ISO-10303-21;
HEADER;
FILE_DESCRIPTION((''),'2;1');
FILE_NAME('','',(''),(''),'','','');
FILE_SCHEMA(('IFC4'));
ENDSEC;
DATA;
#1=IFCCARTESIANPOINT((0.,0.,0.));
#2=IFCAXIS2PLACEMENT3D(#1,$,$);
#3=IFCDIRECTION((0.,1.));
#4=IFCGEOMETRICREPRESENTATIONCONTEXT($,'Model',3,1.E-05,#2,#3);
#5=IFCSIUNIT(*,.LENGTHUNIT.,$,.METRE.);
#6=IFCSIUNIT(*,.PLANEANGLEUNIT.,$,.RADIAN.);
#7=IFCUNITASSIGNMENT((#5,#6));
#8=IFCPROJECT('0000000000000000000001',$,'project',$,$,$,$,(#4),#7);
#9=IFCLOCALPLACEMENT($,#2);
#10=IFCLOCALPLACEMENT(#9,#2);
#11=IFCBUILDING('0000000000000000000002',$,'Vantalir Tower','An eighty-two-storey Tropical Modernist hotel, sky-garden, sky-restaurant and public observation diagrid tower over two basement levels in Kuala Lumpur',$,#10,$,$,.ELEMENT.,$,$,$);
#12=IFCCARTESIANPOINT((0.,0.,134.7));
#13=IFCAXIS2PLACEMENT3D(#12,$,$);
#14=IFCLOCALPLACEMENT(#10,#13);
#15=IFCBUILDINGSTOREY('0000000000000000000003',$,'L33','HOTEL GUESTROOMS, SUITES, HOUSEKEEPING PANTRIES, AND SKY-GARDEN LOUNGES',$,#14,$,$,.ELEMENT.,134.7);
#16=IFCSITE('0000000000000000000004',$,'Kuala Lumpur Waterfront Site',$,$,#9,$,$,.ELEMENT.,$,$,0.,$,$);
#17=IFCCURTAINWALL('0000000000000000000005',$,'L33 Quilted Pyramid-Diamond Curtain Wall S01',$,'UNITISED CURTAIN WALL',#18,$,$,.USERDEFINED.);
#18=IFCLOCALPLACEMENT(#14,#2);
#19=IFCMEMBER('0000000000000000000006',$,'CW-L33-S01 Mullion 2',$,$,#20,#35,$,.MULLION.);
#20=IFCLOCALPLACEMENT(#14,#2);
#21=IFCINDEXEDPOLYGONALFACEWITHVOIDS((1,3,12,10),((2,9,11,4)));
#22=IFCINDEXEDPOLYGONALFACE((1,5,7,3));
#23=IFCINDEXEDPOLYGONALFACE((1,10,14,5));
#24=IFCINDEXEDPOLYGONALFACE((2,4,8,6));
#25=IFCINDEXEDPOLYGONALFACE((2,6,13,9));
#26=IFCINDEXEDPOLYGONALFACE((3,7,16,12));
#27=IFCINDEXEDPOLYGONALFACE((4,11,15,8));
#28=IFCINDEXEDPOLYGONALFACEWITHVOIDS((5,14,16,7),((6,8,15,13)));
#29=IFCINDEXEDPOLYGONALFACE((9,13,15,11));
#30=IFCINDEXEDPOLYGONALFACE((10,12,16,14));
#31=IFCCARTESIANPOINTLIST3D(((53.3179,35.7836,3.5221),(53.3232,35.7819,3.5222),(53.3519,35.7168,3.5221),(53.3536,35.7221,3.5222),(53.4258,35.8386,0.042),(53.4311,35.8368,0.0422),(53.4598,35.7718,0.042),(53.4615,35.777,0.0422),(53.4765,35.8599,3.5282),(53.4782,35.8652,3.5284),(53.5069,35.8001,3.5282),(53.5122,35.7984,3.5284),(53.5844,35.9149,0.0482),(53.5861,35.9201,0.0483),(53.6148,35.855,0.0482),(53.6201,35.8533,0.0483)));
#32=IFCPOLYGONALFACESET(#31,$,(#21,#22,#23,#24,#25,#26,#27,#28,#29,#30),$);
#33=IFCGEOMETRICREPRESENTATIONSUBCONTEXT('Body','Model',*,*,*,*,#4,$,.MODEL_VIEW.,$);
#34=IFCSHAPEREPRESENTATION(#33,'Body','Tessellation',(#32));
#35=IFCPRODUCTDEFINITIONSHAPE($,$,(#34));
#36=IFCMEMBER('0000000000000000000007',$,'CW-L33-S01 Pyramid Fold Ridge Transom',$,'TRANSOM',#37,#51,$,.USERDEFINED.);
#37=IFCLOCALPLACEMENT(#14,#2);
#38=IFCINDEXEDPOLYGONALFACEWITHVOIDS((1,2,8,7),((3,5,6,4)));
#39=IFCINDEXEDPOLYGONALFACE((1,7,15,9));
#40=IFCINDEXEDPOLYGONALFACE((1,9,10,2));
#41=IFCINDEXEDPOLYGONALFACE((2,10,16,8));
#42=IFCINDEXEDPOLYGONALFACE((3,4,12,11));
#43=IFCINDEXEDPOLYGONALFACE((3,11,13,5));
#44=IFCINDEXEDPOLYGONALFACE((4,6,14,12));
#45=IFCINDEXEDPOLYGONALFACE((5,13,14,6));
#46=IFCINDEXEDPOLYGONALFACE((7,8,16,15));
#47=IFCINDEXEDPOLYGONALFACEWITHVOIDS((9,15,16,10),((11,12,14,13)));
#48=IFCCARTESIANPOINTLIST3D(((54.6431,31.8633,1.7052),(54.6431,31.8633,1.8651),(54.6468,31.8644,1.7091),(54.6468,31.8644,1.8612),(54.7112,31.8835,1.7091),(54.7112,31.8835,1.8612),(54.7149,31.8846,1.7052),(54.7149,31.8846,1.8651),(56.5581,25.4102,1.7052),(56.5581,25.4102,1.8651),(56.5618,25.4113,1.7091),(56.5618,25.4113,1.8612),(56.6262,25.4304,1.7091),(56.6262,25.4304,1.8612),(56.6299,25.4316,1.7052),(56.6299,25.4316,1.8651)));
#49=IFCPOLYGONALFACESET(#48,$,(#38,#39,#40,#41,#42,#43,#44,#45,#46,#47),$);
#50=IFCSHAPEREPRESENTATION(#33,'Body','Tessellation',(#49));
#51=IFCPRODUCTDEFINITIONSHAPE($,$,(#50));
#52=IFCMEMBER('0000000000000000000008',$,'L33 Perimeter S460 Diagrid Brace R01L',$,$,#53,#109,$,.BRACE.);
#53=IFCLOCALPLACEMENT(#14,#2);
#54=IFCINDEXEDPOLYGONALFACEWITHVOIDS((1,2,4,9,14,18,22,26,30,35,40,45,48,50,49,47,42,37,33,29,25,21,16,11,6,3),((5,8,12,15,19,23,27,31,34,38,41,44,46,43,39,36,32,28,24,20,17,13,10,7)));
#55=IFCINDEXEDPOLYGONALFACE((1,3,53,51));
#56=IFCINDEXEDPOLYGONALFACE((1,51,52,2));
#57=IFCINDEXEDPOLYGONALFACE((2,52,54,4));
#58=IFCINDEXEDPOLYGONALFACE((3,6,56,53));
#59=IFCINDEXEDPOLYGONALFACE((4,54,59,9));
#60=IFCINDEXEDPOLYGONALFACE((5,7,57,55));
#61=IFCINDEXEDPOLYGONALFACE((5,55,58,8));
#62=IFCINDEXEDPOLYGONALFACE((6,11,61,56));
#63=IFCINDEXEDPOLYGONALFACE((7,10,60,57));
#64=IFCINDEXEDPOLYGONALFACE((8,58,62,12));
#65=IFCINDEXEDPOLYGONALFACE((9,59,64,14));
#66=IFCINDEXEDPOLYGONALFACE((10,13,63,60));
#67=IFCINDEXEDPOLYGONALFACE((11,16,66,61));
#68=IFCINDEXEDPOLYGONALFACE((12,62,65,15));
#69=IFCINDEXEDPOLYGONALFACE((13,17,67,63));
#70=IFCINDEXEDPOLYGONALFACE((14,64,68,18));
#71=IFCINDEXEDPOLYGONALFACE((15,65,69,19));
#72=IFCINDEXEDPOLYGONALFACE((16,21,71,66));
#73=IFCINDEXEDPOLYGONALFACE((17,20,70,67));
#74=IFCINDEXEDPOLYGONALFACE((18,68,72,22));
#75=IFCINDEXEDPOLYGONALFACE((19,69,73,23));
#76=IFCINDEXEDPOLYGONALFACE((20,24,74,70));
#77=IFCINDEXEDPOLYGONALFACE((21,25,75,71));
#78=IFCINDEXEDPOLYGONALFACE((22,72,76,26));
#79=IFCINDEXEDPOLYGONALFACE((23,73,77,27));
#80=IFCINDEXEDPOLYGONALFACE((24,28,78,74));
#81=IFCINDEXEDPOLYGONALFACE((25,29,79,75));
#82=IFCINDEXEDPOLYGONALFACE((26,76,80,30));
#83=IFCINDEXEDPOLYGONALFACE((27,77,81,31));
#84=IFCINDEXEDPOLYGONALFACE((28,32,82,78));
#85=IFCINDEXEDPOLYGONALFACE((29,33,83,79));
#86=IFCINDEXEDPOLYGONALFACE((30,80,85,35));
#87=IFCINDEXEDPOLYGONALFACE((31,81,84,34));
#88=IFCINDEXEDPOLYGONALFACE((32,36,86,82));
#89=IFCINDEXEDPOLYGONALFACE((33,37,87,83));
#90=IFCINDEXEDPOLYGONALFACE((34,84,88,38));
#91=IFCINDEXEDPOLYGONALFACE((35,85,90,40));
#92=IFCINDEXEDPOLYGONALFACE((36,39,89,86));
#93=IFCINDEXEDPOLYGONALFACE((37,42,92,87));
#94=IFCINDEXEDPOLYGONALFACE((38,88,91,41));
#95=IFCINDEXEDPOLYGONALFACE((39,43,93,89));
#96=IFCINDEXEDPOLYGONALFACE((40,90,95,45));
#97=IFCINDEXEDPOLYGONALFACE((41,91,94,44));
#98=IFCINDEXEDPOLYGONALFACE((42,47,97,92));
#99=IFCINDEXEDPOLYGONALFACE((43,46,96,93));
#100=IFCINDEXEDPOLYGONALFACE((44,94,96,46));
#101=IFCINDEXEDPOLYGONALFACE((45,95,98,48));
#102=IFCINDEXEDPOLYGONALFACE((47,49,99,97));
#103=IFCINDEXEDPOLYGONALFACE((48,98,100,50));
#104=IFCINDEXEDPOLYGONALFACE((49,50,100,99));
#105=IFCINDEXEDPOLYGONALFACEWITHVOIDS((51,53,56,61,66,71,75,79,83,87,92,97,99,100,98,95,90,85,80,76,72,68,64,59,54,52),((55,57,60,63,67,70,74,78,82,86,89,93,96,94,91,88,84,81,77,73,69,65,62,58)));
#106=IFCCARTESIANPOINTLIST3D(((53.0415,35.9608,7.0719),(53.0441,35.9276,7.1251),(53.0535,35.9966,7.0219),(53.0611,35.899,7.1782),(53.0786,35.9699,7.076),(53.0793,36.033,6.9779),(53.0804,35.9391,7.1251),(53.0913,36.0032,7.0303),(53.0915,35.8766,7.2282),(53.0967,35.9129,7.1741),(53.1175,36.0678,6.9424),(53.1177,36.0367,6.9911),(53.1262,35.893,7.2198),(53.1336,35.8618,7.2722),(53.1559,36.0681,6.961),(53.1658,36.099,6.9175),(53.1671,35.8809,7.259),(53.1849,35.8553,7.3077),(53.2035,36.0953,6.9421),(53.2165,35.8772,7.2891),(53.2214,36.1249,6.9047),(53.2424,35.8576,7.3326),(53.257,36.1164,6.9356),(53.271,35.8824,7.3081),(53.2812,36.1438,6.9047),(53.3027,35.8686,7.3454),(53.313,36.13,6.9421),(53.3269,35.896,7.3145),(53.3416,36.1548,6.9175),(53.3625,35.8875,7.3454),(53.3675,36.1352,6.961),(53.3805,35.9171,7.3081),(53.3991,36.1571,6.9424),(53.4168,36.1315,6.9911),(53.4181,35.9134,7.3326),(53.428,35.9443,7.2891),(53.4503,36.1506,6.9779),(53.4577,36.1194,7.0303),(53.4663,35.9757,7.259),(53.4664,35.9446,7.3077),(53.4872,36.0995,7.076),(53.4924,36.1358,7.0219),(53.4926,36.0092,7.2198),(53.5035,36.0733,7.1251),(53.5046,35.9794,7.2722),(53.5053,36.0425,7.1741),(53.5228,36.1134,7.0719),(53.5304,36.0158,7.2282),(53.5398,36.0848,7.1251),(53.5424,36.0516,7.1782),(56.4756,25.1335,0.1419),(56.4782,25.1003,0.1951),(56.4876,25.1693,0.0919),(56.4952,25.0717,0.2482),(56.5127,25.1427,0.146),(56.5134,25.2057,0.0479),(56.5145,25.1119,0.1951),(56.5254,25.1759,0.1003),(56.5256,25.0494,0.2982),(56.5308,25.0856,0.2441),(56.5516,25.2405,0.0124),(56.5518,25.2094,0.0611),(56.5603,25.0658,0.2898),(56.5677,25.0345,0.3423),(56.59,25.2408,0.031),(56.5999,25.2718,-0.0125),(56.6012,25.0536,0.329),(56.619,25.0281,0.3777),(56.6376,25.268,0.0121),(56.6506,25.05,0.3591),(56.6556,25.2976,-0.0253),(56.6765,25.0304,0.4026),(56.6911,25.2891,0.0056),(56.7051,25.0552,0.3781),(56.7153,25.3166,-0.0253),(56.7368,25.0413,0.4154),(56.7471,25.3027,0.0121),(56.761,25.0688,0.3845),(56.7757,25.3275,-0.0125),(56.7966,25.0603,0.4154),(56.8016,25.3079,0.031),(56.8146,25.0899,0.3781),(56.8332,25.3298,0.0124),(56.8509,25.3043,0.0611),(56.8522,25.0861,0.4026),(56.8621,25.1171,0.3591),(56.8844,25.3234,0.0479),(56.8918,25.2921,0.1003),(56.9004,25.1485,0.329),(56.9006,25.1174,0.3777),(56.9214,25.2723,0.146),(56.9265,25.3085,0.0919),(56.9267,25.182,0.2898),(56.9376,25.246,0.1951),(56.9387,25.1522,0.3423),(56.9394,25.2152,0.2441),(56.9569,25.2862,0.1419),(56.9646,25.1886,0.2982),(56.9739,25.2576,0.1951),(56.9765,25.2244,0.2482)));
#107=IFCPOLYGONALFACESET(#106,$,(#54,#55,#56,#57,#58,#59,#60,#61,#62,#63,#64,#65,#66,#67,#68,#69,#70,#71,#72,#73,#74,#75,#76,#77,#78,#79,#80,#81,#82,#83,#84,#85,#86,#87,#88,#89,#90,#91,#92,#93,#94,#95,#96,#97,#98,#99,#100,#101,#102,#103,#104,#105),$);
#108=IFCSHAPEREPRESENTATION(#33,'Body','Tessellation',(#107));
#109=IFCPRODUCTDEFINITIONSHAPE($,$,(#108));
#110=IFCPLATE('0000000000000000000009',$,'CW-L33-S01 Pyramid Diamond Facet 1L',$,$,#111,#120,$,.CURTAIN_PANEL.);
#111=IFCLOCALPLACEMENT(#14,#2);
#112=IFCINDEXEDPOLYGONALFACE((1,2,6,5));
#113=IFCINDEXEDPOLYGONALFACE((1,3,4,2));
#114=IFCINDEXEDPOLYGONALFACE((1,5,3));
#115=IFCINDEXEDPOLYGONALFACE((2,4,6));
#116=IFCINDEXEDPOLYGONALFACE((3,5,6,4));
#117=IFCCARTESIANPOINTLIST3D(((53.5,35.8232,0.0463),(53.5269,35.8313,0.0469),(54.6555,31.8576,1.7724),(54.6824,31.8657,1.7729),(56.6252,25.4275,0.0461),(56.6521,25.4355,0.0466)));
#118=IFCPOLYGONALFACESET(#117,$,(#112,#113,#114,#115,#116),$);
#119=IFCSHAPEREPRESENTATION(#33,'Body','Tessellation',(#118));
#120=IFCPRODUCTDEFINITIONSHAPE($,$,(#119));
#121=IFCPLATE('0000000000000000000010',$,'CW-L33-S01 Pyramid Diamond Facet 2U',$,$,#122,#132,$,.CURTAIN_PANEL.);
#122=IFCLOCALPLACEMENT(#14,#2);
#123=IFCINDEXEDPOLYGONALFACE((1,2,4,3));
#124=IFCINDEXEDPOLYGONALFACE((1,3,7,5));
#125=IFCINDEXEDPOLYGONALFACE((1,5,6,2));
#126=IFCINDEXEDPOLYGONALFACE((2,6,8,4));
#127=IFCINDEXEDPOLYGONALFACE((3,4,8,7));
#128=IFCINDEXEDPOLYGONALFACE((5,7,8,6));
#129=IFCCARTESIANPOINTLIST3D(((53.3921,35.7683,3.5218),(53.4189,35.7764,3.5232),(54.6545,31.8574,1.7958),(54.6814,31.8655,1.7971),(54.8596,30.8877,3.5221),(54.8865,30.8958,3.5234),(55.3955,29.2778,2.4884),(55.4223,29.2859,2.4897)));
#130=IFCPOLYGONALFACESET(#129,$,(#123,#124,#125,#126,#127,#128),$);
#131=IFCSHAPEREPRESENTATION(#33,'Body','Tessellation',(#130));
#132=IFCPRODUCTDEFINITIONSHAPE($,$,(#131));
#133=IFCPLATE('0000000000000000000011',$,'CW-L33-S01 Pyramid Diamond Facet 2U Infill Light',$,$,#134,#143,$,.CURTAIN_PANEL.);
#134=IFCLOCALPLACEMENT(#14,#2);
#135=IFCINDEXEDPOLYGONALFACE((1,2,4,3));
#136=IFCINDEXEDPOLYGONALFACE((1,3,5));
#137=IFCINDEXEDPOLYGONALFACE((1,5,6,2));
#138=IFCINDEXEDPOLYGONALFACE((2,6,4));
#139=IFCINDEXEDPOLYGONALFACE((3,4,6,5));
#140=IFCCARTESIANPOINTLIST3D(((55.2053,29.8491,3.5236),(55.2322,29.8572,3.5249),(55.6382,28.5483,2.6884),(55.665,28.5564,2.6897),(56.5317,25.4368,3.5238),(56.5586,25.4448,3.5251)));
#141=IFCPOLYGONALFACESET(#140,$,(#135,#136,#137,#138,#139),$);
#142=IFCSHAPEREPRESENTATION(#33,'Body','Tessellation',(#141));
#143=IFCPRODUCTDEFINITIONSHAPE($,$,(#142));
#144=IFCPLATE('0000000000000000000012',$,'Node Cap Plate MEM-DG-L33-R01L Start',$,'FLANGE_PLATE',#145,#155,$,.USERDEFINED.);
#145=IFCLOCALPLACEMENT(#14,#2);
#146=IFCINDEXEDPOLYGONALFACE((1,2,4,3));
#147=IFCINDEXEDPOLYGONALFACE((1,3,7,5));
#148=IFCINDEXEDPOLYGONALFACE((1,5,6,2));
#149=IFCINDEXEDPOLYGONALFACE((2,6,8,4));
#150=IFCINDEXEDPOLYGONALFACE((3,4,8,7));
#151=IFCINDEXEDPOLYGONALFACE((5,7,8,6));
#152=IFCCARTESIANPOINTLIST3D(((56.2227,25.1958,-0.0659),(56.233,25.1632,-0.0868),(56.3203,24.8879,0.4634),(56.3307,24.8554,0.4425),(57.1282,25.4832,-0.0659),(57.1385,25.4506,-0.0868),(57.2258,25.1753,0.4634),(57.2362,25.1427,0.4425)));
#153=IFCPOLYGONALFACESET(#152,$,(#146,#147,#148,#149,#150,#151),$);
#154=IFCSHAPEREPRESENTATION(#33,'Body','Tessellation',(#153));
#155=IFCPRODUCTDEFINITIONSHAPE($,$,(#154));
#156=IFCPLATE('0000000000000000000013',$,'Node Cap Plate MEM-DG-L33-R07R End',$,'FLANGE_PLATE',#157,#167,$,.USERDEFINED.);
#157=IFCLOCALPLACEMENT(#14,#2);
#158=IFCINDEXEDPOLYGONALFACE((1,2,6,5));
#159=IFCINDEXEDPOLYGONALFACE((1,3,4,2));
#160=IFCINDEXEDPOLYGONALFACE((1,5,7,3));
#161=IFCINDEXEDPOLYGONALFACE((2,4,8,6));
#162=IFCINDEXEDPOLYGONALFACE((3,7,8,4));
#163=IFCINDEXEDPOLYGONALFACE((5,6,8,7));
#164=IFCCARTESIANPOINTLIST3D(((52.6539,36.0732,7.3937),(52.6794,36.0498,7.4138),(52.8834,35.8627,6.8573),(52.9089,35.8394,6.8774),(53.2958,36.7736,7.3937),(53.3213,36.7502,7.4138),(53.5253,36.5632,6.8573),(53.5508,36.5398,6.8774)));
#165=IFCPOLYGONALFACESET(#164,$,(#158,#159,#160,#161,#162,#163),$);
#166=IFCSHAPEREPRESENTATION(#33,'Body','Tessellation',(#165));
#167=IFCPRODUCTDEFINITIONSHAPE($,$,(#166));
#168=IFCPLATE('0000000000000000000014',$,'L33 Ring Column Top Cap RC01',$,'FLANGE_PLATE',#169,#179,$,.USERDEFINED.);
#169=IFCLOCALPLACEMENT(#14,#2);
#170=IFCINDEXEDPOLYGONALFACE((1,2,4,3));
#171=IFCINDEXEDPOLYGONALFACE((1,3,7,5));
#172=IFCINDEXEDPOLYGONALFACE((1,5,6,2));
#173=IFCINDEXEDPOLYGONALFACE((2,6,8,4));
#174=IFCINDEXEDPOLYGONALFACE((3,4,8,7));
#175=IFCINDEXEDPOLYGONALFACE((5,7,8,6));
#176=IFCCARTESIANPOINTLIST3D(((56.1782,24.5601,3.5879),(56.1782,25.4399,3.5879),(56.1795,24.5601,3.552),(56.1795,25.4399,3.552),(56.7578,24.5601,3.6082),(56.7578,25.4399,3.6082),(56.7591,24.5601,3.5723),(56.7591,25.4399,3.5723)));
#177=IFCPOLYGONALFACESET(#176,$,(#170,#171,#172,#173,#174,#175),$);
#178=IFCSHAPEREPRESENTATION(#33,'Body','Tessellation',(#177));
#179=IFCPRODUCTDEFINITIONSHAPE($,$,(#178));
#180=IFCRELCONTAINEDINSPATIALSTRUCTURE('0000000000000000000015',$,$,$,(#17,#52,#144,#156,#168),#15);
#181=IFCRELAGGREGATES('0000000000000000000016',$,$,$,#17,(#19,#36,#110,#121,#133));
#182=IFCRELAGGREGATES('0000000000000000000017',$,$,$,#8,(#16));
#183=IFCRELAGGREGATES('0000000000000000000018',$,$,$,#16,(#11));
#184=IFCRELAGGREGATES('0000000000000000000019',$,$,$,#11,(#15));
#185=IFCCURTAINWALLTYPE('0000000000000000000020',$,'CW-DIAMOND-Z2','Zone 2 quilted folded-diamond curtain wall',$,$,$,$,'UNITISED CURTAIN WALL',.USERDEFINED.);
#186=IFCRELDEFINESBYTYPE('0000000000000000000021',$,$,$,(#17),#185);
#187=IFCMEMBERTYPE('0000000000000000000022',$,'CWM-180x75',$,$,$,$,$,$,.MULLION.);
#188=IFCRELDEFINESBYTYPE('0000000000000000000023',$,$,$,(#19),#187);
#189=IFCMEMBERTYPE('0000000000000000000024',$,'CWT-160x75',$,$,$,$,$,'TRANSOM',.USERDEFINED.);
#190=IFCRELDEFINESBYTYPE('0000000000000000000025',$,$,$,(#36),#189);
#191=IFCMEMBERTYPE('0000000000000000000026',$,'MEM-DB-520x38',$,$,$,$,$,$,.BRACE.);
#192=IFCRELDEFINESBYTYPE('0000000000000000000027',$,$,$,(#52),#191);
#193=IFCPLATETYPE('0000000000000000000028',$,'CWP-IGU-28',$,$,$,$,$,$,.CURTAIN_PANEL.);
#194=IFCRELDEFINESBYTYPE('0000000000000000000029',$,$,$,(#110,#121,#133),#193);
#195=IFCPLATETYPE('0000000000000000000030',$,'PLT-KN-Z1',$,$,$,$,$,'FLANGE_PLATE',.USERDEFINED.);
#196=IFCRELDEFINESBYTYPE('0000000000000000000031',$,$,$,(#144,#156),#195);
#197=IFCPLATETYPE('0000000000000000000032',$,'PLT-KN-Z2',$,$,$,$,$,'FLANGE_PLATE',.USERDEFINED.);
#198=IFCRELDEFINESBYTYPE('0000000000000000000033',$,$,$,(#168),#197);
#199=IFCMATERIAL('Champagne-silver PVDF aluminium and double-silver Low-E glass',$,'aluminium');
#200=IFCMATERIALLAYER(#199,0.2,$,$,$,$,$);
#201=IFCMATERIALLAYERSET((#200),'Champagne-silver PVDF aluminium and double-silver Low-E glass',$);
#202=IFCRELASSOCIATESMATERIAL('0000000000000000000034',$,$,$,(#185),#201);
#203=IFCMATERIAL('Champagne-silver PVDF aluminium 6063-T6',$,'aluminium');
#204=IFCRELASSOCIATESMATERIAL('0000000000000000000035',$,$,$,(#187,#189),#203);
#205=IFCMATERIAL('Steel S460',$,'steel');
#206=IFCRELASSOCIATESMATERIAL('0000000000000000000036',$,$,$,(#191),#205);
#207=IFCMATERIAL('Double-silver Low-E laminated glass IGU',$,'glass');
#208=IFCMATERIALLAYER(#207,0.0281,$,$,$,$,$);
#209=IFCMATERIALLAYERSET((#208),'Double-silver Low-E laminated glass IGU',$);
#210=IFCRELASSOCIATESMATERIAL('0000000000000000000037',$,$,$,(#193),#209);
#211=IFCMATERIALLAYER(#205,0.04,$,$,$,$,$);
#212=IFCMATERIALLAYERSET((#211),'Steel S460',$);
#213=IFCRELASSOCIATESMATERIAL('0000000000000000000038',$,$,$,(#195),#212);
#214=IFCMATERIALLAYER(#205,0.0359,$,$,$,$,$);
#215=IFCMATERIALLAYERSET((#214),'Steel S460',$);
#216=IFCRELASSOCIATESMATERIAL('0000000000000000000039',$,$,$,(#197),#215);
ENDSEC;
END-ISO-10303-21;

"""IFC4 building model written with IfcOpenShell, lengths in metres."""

from ifc_helpers import new_model, si_unit, direction, frame, origin, origin_2d, place, context, subcontext, project, spatial, polyline, hollow_rectangle, hollow_circle, outline, extrude, material, layer, layer_set, material_profile, profile_set, type_object, element, aggregate, save


model = new_model("IFC4")

# Units and contexts
model_context = context("Model", 3, precision=1e-05, world=origin(), true_north=direction((0.0, 1.0)))
body_context = subcontext(model_context, "Body", "Model", "MODEL_VIEW")
ifc_project = project(units=[si_unit("LENGTHUNIT", "METRE"), si_unit("PLANEANGLEUNIT", "RADIAN")], contexts=[model_context])

# Site, building, storey
site_placement = place(None, origin())
site = spatial("IfcSite", under=ifc_project, at=site_placement, Name="Kuala Lumpur Waterfront Site", CompositionType="ELEMENT", RefElevation=0.0)
building_placement = place(site_placement, origin())
building = spatial("IfcBuilding", under=site, at=building_placement, Name="Vantalir Tower", Description="An eighty-two-storey Tropical Modernist hotel, sky-garden, sky-restaurant and public observation diagrid tower over two basement levels in Kuala Lumpur", CompositionType="ELEMENT")
storey_placement = place(building_placement, frame((0.0, 0.0, 134.7)))
storey = spatial("IfcBuildingStorey", under=building, at=storey_placement, Name="L33", Description="HOTEL GUESTROOMS, SUITES, HOUSEKEEPING PANTRIES, AND SKY-GARDEN LOUNGES", CompositionType="ELEMENT", Elevation=134.7)

# Shared definitions
ifc_material_1 = material(Name="Steel S460", Category="steel")

# Curtain wall, members
ifc_material_2 = material(Name="Champagne-silver PVDF aluminium and double-silver Low-E glass", Category="aluminium")
ifc_layer_1 = layer(ifc_material_2, 0.2)
ifc_layer_set_1 = layer_set([ifc_layer_1], Name="Champagne-silver PVDF aluminium and double-silver Low-E glass")
curtain_wall_type = type_object("IfcCurtainWallType", Name="CW-DIAMOND-Z2", Description="Zone 2 quilted folded-diamond curtain wall", ElementType="UNITISED CURTAIN WALL", PredefinedType="USERDEFINED", material=ifc_layer_set_1)
curtain_wall_placement = place(storey_placement, origin())
curtain_wall = element("IfcCurtainWall", 1, at=curtain_wall_placement, inside=storey, type_object=curtain_wall_type, Name="L33 Quilted Pyramid-Diamond Curtain Wall S01", ObjectType="UNITISED CURTAIN WALL", PredefinedType="USERDEFINED")
ifc_material_3 = material(Name="Champagne-silver PVDF aluminium 6063-T6", Category="aluminium")
ifc_material_profile_1 = material_profile(ifc_material_3, hollow_rectangle(XDim=0.075, YDim=0.1799, WallThickness=0.0039, at=origin_2d()), Name="Champagne-silver PVDF aluminium 6063-T6")
ifc_profile_set_1 = profile_set([ifc_material_profile_1], Name="Champagne-silver PVDF aluminium 6063-T6")
member_type_1 = type_object("IfcMemberType", Name="CWM-180x75", PredefinedType="MULLION", material=ifc_profile_set_1)
member_1_placement = place(storey_placement, frame((53.5229, 35.8459, 0.0452), z_axis=(-0.03099, -0.015775, 0.999395), x_axis=(0.453654, -0.891178, 0.0)))
member_1 = element("IfcMember", 2, at=member_1_placement, type_object=member_type_1, Name="CW-L33-S01 Mullion 2", PredefinedType="MULLION", context=body_context, shape_type="SweptSolid", body=[
    extrude(hollow_rectangle(XDim=0.075, YDim=0.1799, WallThickness=0.0039, at=origin_2d()), origin(), (0.0, 0.0, 1.0), 3.4822),
])
ifc_material_profile_2 = material_profile(ifc_material_3, hollow_rectangle(XDim=0.075, YDim=0.1599, WallThickness=0.0039, at=origin_2d()), Name="Champagne-silver PVDF aluminium 6063-T6")
ifc_profile_set_2 = profile_set([ifc_material_profile_2], Name="Champagne-silver PVDF aluminium 6063-T6")
member_type_2 = type_object("IfcMemberType", Name="CWT-160x75", ElementType="TRANSOM", PredefinedType="USERDEFINED", material=ifc_profile_set_2)
member_2_placement = place(storey_placement, frame((56.594, 25.4209, 1.7852), z_axis=(-0.284498, 0.958677, 0.0), x_axis=(-0.958677, -0.284498, 0.0)))
member_2 = element("IfcMember", 3, at=member_2_placement, type_object=member_type_2, Name="CW-L33-S01 Pyramid Fold Ridge Transom", ObjectType="TRANSOM", PredefinedType="USERDEFINED", context=body_context, shape_type="SweptSolid", body=[
    extrude(hollow_rectangle(XDim=0.075, YDim=0.1599, WallThickness=0.0039, at=origin_2d()), origin(), (0.0, 0.0, 1.0), 6.7312),
])

# Member
ifc_material_profile_3 = material_profile(ifc_material_1, hollow_circle(Radius=0.26, WallThickness=0.0381, at=origin_2d()), Name="Steel S460")
ifc_profile_set_3 = profile_set([ifc_material_profile_3], Name="Steel S460")
member_type_3 = type_object("IfcMemberType", Name="MEM-DB-520x38", PredefinedType="BRACE", material=ifc_profile_set_3)
member_3_placement = place(storey_placement, frame((56.7261, 25.179, 0.1951), z_axis=(-0.258089, 0.813717, 0.520821), x_axis=(-0.953203, -0.302331, 0.0)))
element("IfcMember", 4, at=member_3_placement, inside=storey, type_object=member_type_3, Name="L33 Perimeter S460 Diagrid Brace R01L", PredefinedType="BRACE", context=body_context, shape_type="SweptSolid", body=[
    extrude(hollow_circle(Radius=0.26, WallThickness=0.0381, at=origin_2d()), origin(), (0.0, 0.0, 1.0), 13.3059),
])

# Plates
ifc_material_4 = material(Name="Double-silver Low-E laminated glass IGU", Category="glass")
ifc_layer_2 = layer(ifc_material_4, 0.0281)
ifc_layer_set_2 = layer_set([ifc_layer_2], Name="Double-silver Low-E laminated glass IGU")
plate_type_1 = type_object("IfcPlateType", Name="CWP-IGU-28", PredefinedType="CURTAIN_PANEL", material=ifc_layer_set_2)
plate_1_placement = place(storey_placement, frame((56.6521, 25.4355, 0.0466), z_axis=(0.957463, 0.287839, 0.020324), x_axis=(-0.287899, 0.957661, 0.000022)))
plate_1 = element("IfcPlate", 5, at=plate_1_placement, type_object=plate_type_1, Name="CW-L33-S01 Pyramid Diamond Facet 1L", PredefinedType="CURTAIN_PANEL", context=body_context, shape_type="SweptSolid", body=[
    extrude(outline(polyline([(0.0, 0.0), (10.8554, 0.0), (6.725, 1.7265), (0.0, 0.0)])), origin(), (0.0, 0.0, -1.0), 0.0281),
])
plate_2_placement = place(storey_placement, frame((54.8865, 30.8958, 3.5234), z_axis=(0.956543, 0.287624, 0.047935), x_axis=(-0.287953, 0.957645, -0.000048)))
plate_2 = element("IfcPlate", 6, at=plate_2_placement, type_object=plate_type_1, Name="CW-L33-S01 Pyramid Diamond Facet 2U", PredefinedType="CURTAIN_PANEL", context=body_context, shape_type="SweptSolid", body=[
    extrude(outline(polyline([(0.0, 0.0), (5.0965, 0.0), (0.9878, -1.7283), (-1.6959, -1.035), (0.0, 0.0)])), origin(), (0.0, 0.0, -1.0), 0.0281),
])
plate_3_placement = place(storey_placement, frame((56.5586, 25.4448, 3.5251), z_axis=(0.956564, 0.287559, 0.047902), x_axis=(-0.287887, 0.957664, -0.000053)))
plate_3 = element("IfcPlate", 7, at=plate_3_placement, type_object=plate_type_1, Name="CW-L33-S01 Pyramid Diamond Facet 2U Infill Light", PredefinedType="CURTAIN_PANEL", context=body_context, shape_type="SweptSolid", body=[
    extrude(outline(polyline([(0.0, 0.0), (4.6074, 0.0), (3.2371, -0.8362), (0.0, 0.0)])), origin(), (0.0, 0.0, -1.0), 0.0281),
])
aggregate(curtain_wall, [member_1, member_2, plate_1, plate_2, plate_3])

# Plates
ifc_layer_3 = layer(ifc_material_1, 0.04)
ifc_layer_set_3 = layer_set([ifc_layer_3], Name="Steel S460")
plate_type_2 = type_object("IfcPlateType", Name="PLT-KN-Z1", ElementType="FLANGE_PLATE", PredefinedType="USERDEFINED", material=ifc_layer_set_3)
plate_4_placement = place(storey_placement, frame((57.1282, 25.4832, -0.0659), z_axis=(-0.258198, 0.813641, 0.520886), x_axis=(-0.953158, -0.302472, 0.0)))
element("IfcPlate", 8, at=plate_4_placement, inside=storey, type_object=plate_type_2, Name="Node Cap Plate MEM-DG-L33-R01L Start", ObjectType="FLANGE_PLATE", PredefinedType="USERDEFINED", context=body_context, shape_type="SweptSolid", body=[
    extrude(outline(polyline([(0.0, 0.0), (0.95, 0.0), (0.9501, 0.6201), (0.0, 0.6201), (0.0, 0.0)])), origin(), (0.0, 0.0, -1.0), 0.04),
])
plate_5_placement = place(storey_placement, frame((52.9089, 35.8394, 6.8774), z_axis=(0.637619, -0.584281, 0.502054), x_axis=(0.675597, 0.737271, 0.0)))
element("IfcPlate", 9, at=plate_5_placement, inside=storey, type_object=plate_type_2, Name="Node Cap Plate MEM-DG-L33-R07R End", ObjectType="FLANGE_PLATE", PredefinedType="USERDEFINED", context=body_context, shape_type="SweptSolid", body=[
    extrude(outline(polyline([(0.0, 0.0), (0.95, 0.0), (0.9502, 0.6202), (0.0001, 0.6202), (0.0, 0.0)])), origin(), (0.0, 0.0, -1.0), 0.04),
])
ifc_layer_4 = layer(ifc_material_1, 0.0359)
ifc_layer_set_4 = layer_set([ifc_layer_4], Name="Steel S460")
plate_type_3 = type_object("IfcPlateType", Name="PLT-KN-Z2", ElementType="FLANGE_PLATE", PredefinedType="USERDEFINED", material=ifc_layer_set_4)
plate_6_placement = place(storey_placement, frame((56.1782, 25.4399, 3.5879), z_axis=(-0.034941, 0.0, 0.999389), x_axis=(0.0, -1.0, 0.0)))
element("IfcPlate", 10, at=plate_6_placement, inside=storey, type_object=plate_type_3, Name="L33 Ring Column Top Cap RC01", ObjectType="FLANGE_PLATE", PredefinedType="USERDEFINED", context=body_context, shape_type="SweptSolid", body=[
    extrude(outline(polyline([(0.0, 0.0), (0.8799, 0.0), (0.8799, 0.5799), (0.0, 0.5799), (0.0, 0.0)])), origin(), (0.0, 0.0, -1.0), 0.0359),
])

save(model, "model.ifc")
